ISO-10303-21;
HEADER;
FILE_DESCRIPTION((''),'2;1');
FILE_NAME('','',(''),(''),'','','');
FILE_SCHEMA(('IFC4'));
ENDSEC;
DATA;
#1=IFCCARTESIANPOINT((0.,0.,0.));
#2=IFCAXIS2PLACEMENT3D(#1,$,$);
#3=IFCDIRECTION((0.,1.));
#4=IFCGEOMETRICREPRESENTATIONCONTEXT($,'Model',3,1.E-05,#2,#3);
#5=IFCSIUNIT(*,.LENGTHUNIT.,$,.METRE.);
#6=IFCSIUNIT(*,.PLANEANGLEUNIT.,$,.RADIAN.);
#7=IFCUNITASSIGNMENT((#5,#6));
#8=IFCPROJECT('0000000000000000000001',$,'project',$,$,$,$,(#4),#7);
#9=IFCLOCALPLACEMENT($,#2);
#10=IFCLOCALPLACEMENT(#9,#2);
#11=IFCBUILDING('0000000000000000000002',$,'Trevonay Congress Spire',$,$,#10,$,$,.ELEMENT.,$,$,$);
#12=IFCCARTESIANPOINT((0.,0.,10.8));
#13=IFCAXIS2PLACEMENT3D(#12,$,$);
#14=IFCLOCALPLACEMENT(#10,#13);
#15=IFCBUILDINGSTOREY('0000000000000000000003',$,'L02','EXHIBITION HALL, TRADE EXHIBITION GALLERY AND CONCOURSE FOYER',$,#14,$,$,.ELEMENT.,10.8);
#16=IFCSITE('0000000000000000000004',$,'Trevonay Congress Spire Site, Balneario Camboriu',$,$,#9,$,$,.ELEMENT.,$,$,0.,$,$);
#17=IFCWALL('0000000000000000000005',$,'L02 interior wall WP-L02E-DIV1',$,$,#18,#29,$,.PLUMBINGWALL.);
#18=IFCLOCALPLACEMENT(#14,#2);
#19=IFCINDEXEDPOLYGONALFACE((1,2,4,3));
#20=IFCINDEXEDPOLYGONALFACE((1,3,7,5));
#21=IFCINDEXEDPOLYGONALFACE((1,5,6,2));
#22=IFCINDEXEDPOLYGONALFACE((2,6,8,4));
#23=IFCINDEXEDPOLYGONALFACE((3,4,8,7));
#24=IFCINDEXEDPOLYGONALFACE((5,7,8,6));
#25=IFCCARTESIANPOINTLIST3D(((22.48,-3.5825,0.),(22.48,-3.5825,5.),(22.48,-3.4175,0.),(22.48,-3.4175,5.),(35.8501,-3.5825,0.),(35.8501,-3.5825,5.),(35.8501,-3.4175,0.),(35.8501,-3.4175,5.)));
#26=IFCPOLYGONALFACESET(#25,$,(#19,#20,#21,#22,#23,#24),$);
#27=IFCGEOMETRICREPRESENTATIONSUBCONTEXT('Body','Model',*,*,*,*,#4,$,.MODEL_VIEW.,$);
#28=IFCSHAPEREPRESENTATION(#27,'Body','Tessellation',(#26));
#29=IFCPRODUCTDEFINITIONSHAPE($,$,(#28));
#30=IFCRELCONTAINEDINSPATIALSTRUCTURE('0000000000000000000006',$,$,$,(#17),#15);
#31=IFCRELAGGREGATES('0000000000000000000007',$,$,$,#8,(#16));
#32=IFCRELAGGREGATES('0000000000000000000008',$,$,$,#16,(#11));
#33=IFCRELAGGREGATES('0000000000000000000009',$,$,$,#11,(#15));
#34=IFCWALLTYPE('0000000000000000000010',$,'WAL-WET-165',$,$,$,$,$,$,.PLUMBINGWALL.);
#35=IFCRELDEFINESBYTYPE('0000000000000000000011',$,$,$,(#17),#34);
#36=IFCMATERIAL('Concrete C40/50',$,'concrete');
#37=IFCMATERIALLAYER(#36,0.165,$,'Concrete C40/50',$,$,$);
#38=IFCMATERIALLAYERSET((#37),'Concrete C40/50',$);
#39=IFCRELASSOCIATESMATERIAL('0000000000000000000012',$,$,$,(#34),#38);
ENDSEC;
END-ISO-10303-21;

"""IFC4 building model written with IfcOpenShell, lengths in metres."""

from ifc_helpers import new_model, si_unit, direction, frame, frame_2d, origin, place, context, subcontext, project, spatial, rectangle, extrude, material, layer, layer_set, type_object, element, save


model = new_model("IFC4")

# Units and contexts
model_context = context("Model", 3, precision=1e-05, world=origin(), true_north=direction((0.0, 1.0)))
body_context = subcontext(model_context, "Body", "Model", "MODEL_VIEW")
ifc_project = project(units=[si_unit("LENGTHUNIT", "METRE"), si_unit("PLANEANGLEUNIT", "RADIAN")], contexts=[model_context])

# Site, building, storey
site_placement = place(None, origin())
site = spatial("IfcSite", under=ifc_project, at=site_placement, Name="Trevonay Congress Spire Site, Balneario Camboriu", CompositionType="ELEMENT", RefElevation=0.0)
building_placement = place(site_placement, origin())
building = spatial("IfcBuilding", under=site, at=building_placement, Name="Trevonay Congress Spire", CompositionType="ELEMENT")
storey_placement = place(building_placement, frame((0.0, 0.0, 10.8)))
storey = spatial("IfcBuildingStorey", under=building, at=storey_placement, Name="L02", Description="EXHIBITION HALL, TRADE EXHIBITION GALLERY AND CONCOURSE FOYER", CompositionType="ELEMENT", Elevation=10.8)

# Shared definitions
ifc_material_1 = material(Name="Concrete C40/50", Category="concrete")

# Wall
ifc_layer_1 = layer(ifc_material_1, 0.165, Name="Concrete C40/50")
ifc_layer_set_1 = layer_set([ifc_layer_1], Name="Concrete C40/50")
wall_type_1 = type_object("IfcWallType", Name="WAL-WET-165", PredefinedType="PLUMBINGWALL", material=ifc_layer_set_1)
for number, where, z_axis, x_axis, name in (
    (1, (22.48, -3.5, 0.0), (0.0, 0.0, 1.0), (1.0, 0.0, 0.0), "L02 interior wall WP-L02E-DIV1"),
):
    element("IfcWall", number, at=place(storey_placement, frame(where, z_axis=z_axis, x_axis=x_axis)), inside=storey, type_object=wall_type_1, Name=name, PredefinedType="PLUMBINGWALL", context=body_context, shape_type="SweptSolid", body=[
        extrude(rectangle(XDim=13.3701, YDim=0.165, at=frame_2d((6.6851, 0.0))), origin(), (0.0, 0.0, 1.0), 5.0),
    ])

save(model, "model.ifc")
